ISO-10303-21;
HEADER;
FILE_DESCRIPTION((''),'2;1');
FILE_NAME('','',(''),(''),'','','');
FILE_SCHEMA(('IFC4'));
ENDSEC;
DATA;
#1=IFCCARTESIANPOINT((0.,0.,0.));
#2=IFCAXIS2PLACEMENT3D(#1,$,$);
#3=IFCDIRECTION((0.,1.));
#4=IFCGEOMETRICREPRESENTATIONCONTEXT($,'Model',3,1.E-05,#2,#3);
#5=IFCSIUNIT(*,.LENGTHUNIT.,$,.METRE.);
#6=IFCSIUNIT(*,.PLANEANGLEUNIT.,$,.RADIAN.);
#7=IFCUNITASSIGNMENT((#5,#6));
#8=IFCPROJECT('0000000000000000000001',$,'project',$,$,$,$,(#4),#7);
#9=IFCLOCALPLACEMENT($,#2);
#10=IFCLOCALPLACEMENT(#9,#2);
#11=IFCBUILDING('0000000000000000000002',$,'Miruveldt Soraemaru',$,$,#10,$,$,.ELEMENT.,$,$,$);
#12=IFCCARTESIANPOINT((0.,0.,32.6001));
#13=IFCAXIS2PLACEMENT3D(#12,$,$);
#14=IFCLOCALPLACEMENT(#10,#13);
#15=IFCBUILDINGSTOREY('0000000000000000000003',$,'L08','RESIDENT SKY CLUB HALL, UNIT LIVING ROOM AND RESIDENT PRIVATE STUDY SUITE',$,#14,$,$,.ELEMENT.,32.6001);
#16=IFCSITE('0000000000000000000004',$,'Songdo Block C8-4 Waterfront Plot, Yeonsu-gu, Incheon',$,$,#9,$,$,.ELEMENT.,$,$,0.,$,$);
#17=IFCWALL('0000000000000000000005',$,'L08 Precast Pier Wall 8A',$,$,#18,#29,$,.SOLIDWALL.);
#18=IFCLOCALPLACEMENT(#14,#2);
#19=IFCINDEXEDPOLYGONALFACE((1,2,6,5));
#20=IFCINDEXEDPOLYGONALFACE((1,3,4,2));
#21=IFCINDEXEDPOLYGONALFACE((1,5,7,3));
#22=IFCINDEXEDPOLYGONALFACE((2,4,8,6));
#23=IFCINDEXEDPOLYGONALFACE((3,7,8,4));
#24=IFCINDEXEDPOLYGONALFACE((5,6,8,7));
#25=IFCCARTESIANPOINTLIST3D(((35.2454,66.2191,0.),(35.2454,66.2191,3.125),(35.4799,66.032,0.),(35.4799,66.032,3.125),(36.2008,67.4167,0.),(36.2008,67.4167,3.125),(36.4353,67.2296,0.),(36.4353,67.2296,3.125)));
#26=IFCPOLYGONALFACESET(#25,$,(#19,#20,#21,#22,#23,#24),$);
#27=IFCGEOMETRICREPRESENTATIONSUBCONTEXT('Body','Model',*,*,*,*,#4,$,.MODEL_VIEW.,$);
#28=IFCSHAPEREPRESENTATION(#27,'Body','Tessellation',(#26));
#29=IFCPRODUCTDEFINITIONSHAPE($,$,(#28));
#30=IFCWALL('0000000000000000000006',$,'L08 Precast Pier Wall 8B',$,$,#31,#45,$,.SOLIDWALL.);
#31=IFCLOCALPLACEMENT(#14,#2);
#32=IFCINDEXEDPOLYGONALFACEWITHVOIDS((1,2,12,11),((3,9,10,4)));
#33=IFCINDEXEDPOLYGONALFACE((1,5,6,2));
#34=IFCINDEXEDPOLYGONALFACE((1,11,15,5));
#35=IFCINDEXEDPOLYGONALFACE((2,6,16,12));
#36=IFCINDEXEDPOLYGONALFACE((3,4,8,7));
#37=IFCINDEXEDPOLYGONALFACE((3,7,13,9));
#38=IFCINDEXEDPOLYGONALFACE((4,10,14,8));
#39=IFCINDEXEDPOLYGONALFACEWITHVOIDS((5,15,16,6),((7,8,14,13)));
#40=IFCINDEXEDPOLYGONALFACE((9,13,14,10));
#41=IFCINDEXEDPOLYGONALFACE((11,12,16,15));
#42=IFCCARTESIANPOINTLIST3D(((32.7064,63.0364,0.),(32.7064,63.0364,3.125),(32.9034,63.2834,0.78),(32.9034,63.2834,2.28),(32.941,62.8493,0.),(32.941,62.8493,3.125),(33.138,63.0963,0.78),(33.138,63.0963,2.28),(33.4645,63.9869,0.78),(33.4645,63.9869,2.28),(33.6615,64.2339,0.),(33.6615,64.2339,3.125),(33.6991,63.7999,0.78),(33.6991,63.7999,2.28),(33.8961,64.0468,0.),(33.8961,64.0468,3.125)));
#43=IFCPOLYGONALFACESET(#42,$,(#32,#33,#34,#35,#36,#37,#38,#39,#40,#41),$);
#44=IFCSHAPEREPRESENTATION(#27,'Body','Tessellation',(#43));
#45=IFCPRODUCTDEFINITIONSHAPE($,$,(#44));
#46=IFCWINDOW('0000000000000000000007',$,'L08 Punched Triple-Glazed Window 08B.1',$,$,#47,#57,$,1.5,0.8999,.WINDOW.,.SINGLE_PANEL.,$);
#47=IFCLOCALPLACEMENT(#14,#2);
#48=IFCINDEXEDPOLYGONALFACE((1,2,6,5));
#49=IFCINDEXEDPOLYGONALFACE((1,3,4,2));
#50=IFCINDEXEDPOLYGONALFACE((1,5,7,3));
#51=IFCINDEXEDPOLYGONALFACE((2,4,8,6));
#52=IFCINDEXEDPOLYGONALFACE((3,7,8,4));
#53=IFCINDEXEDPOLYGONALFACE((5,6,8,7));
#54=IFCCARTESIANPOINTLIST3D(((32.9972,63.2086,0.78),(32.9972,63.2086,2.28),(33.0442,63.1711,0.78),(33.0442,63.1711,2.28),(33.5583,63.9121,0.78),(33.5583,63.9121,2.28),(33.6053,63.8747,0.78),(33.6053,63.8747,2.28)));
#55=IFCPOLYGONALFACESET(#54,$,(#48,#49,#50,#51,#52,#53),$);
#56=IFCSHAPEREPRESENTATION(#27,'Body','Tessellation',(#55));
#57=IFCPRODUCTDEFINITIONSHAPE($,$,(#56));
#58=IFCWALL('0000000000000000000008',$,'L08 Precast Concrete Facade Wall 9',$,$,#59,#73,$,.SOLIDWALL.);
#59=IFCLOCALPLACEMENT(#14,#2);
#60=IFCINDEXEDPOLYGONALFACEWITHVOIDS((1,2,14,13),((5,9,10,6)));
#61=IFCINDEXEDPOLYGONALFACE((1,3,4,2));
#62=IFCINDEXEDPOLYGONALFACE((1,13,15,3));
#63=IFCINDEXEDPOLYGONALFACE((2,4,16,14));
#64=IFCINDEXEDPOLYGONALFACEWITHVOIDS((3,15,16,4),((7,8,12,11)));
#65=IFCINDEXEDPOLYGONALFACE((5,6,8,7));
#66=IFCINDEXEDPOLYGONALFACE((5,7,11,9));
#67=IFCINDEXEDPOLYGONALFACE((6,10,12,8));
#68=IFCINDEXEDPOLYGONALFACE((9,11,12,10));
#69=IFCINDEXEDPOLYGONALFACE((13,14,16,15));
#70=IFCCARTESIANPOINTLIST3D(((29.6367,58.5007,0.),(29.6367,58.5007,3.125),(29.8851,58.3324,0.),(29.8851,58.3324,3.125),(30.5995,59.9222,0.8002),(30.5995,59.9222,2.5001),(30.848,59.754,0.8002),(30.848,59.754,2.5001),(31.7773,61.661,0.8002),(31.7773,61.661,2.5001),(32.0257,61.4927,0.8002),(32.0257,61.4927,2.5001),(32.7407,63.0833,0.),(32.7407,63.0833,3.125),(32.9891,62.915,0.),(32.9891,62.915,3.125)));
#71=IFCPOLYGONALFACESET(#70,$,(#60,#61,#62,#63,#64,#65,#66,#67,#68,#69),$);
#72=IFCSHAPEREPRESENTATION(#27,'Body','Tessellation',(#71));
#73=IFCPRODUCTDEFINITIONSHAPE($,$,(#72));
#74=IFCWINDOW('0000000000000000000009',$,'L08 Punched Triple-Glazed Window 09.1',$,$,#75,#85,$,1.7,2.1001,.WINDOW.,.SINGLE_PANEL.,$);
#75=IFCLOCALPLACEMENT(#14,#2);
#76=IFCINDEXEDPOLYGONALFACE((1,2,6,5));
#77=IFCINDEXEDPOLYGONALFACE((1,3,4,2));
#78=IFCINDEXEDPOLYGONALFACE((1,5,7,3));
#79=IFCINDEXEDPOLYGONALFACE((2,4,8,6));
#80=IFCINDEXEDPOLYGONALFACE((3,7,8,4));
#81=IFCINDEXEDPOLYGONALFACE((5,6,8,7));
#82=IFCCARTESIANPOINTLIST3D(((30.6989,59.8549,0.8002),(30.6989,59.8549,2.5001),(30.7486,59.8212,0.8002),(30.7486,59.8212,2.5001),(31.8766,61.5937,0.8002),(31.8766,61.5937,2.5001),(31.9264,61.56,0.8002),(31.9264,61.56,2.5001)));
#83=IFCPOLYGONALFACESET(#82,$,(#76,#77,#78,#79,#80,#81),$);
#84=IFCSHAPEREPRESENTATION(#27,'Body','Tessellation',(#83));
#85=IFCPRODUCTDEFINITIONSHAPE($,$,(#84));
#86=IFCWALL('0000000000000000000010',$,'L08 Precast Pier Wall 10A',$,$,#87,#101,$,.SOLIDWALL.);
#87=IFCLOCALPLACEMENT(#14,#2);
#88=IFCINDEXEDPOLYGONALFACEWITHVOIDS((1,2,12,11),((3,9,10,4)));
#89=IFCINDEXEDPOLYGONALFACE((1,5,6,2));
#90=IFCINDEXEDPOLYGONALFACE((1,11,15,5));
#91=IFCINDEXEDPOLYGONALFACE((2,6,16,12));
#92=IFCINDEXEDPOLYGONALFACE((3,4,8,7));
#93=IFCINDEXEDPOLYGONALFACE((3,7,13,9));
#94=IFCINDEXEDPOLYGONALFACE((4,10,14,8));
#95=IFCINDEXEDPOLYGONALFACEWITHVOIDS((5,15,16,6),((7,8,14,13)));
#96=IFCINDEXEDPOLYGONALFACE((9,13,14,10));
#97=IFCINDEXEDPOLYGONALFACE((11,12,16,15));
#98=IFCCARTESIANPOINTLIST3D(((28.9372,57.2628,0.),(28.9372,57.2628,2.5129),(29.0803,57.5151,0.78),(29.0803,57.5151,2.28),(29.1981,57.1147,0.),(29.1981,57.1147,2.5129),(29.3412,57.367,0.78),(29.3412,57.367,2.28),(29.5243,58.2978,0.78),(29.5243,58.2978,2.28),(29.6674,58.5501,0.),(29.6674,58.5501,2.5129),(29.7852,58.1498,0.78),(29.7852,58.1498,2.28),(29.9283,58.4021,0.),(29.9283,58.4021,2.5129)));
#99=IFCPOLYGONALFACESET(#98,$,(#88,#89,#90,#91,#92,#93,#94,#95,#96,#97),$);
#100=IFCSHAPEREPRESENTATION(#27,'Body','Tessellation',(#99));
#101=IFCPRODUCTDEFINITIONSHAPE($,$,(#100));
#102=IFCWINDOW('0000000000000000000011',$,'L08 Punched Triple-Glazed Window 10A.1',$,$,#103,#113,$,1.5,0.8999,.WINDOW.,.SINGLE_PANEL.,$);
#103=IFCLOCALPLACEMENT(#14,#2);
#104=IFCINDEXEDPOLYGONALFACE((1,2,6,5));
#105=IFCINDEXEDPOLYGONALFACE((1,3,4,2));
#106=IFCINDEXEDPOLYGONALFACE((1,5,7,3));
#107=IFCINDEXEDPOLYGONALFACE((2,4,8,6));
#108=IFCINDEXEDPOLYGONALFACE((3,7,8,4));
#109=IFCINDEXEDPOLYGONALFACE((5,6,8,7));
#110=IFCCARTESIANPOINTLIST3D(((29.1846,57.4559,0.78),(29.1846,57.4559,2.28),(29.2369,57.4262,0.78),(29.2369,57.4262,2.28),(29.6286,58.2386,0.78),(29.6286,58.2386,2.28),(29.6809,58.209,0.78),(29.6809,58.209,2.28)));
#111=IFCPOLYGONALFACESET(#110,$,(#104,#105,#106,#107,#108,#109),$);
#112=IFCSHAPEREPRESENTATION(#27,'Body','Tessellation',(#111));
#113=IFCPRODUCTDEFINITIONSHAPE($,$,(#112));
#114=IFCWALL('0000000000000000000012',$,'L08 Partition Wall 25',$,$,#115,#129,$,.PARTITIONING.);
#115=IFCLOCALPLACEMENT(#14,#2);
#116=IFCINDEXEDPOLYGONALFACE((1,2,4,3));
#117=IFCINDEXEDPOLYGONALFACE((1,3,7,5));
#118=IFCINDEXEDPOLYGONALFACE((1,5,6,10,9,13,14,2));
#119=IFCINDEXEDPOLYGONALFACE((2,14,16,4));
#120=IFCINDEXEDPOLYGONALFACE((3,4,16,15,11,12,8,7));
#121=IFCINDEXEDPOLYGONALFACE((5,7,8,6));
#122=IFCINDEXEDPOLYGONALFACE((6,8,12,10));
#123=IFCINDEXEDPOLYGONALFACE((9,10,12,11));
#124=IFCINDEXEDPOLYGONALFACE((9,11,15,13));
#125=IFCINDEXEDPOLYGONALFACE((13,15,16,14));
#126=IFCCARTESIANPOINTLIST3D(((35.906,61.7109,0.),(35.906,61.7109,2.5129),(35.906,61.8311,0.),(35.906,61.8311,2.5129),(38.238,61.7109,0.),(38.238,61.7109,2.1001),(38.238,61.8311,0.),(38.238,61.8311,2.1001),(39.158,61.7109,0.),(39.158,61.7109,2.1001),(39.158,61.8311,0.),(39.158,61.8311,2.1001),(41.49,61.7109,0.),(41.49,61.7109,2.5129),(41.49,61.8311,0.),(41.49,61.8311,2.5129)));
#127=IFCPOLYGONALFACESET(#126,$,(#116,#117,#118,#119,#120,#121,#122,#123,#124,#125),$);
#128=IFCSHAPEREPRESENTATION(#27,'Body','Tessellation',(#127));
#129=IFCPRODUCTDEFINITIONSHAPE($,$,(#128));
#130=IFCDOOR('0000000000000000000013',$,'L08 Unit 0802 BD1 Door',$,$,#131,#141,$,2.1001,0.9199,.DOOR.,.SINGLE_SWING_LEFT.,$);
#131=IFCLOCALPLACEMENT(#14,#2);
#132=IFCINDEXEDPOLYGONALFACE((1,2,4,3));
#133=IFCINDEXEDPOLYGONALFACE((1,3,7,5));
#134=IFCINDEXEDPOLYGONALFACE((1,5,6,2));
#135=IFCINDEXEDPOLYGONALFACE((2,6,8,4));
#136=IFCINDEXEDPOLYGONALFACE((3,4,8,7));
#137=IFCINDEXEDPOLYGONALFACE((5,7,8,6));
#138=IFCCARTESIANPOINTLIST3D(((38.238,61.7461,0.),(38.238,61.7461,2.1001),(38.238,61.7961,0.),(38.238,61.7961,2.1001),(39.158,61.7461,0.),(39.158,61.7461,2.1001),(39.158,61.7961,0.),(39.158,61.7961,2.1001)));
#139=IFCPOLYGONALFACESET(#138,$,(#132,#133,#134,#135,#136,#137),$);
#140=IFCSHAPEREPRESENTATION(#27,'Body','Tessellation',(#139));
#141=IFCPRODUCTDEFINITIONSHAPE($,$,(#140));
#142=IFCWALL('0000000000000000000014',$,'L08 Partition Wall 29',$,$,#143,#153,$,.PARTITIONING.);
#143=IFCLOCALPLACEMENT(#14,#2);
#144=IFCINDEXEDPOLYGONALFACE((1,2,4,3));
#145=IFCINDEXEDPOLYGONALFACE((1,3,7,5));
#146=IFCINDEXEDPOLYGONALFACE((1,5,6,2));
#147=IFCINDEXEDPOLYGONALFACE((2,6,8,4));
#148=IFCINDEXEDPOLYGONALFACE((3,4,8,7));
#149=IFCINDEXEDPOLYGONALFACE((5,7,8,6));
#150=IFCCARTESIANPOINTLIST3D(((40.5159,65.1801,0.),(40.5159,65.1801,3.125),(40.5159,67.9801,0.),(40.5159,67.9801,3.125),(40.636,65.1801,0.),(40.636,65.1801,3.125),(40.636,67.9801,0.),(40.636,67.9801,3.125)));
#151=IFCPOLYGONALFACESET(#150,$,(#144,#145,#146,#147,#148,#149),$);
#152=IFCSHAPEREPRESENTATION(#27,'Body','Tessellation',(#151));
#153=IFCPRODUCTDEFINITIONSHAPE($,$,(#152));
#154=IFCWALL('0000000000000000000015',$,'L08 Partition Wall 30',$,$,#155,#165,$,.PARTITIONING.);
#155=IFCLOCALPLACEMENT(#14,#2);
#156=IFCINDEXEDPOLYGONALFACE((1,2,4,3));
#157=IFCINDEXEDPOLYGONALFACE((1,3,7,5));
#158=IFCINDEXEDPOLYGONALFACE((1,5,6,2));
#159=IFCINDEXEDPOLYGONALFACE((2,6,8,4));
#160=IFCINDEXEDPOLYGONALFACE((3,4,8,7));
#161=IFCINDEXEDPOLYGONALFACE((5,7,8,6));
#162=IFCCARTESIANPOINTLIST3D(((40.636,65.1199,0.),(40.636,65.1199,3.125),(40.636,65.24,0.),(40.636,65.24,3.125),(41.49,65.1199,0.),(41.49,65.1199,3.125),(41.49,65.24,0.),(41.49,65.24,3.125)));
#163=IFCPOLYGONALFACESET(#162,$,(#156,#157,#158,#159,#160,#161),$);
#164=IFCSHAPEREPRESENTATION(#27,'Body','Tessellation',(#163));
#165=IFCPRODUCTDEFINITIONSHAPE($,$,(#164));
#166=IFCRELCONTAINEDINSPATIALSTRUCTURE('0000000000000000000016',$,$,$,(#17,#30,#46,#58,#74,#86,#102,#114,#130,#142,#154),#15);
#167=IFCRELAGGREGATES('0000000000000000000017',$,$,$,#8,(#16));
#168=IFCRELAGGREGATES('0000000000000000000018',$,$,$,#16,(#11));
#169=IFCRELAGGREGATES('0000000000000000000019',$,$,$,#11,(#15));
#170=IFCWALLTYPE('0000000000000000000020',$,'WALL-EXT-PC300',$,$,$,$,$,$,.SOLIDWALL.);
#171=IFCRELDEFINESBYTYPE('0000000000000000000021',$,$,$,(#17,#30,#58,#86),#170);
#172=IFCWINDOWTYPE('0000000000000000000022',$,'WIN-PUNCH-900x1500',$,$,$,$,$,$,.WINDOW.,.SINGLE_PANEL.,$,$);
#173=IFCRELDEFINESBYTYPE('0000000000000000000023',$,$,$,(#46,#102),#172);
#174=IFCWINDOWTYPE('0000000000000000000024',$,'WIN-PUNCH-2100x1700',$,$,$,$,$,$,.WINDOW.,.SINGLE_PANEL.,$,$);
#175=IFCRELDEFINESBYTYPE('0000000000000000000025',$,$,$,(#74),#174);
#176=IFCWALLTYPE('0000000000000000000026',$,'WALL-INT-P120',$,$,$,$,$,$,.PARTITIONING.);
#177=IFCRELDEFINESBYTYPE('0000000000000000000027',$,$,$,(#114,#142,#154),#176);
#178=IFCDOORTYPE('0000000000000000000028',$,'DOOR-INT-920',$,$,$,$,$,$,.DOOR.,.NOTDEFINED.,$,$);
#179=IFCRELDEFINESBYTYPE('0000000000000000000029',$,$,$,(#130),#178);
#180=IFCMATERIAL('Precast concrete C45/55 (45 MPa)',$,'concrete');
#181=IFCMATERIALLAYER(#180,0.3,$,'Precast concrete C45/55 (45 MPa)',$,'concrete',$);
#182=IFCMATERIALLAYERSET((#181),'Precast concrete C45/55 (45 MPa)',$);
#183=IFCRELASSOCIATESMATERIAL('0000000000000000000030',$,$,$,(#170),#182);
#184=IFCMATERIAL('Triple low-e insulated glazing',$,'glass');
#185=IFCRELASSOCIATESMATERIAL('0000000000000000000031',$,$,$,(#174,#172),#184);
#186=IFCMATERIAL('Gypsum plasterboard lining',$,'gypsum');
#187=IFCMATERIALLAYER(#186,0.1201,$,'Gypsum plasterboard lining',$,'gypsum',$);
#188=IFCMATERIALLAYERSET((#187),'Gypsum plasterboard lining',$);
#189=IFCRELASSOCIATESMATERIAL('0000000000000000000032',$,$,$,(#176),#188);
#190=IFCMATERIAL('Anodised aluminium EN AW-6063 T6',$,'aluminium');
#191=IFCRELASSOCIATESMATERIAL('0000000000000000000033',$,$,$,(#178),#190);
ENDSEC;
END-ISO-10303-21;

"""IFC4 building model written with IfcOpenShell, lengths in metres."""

from ifc_helpers import new_model, si_unit, direction, frame, frame_2d, origin, place, context, subcontext, project, spatial, rectangle, extrude, material, layer, layer_set, type_object, element, fill, save


model = new_model("IFC4")

# Units and contexts
model_context = context("Model", 3, precision=1e-05, world=origin(), true_north=direction((0.0, 1.0)))
body_context = subcontext(model_context, "Body", "Model", "MODEL_VIEW")
ifc_project = project(units=[si_unit("LENGTHUNIT", "METRE"), si_unit("PLANEANGLEUNIT", "RADIAN")], contexts=[model_context])

# Site, building, storey
site_placement = place(None, origin())
site = spatial("IfcSite", under=ifc_project, at=site_placement, Name="Songdo Block C8-4 Waterfront Plot, Yeonsu-gu, Incheon", CompositionType="ELEMENT", RefElevation=0.0)
building_placement = place(site_placement, origin())
building = spatial("IfcBuilding", under=site, at=building_placement, Name="Miruveldt Soraemaru", CompositionType="ELEMENT")
storey_placement = place(building_placement, frame((0.0, 0.0, 32.6001)))
storey = spatial("IfcBuildingStorey", under=building, at=storey_placement, Name="L08", Description="RESIDENT SKY CLUB HALL, UNIT LIVING ROOM AND RESIDENT PRIVATE STUDY SUITE", CompositionType="ELEMENT", Elevation=32.6001)

# Shared definitions
ifc_material_1 = material(Name="Anodised aluminium EN AW-6063 T6", Category="aluminium")

# Shared definitions
ifc_material_2 = material(Name="Triple low-e insulated glazing", Category="glass")
ifc_material_3 = material(Name="Precast concrete C45/55 (45 MPa)", Category="concrete")
ifc_layer_1 = layer(ifc_material_3, 0.3, Name="Precast concrete C45/55 (45 MPa)", Category="concrete")
ifc_layer_set_1 = layer_set([ifc_layer_1], Name="Precast concrete C45/55 (45 MPa)")
wall_type_1 = type_object("IfcWallType", Name="WALL-EXT-PC300", PredefinedType="SOLIDWALL", material=ifc_layer_set_1)
window_type_1 = type_object("IfcWindowType", Name="WIN-PUNCH-2100x1700", PartitioningType="SINGLE_PANEL", PredefinedType="WINDOW", material=ifc_material_2)

# Wall
wall_1_placement = place(storey_placement, frame((36.3181, 67.3232, 0.0), z_axis=(0.0, 0.0, 1.0), x_axis=(-0.623625, -0.781723, 0.0)))
element("IfcWall", 1, at=wall_1_placement, inside=storey, type_object=wall_type_1, Name="L08 Precast Pier Wall 8A", PredefinedType="SOLIDWALL", context=body_context, shape_type="SweptSolid", body=[
    extrude(rectangle(XDim=1.532, YDim=0.3, at=frame_2d((0.7661, 0.0))), origin(), (0.0, 0.0, 1.0), 3.125),
])

# Walls, openings, windows
wall_2_placement = place(storey_placement, frame((33.7788, 64.1404, 0.0), z_axis=(0.0, 0.0, 1.0), x_axis=(-0.623528, -0.781801, 0.0)))
wall_2 = element("IfcWall", 2, at=wall_2_placement, inside=storey, type_object=wall_type_1, Name="L08 Precast Pier Wall 8B", PredefinedType="SOLIDWALL", context=body_context, shape_type="SweptSolid", body=[
    extrude(rectangle(XDim=1.5317, YDim=0.3, at=frame_2d((0.7659, 0.0))), origin(), (0.0, 0.0, 1.0), 3.125),
])
opening_1_placement = place(wall_2_placement, frame((0.3159, 0.0, 0.78)))
opening_1 = element("IfcOpeningElement", 3, at=opening_1_placement, cuts=wall_2, PredefinedType="OPENING", context=body_context, shape_type="SweptSolid", body=[
    extrude(rectangle(XDim=0.8999, YDim=1.5, at=frame_2d((0.45, 0.75))), frame((0.0, 0.1602, 0.0), z_axis=(0.0, -1.0, 0.0), x_axis=(1.0, 0.0, 0.0)), (0.0, 0.0, 1.0), 0.3201),
])
window_type_2 = type_object("IfcWindowType", Name="WIN-PUNCH-900x1500", PartitioningType="SINGLE_PANEL", PredefinedType="WINDOW", material=ifc_material_2)
window_1_placement = place(opening_1_placement, origin())
window_1 = element("IfcWindow", 4, at=window_1_placement, inside=storey, type_object=window_type_2, Name="L08 Punched Triple-Glazed Window 08B.1", OverallHeight=1.5, OverallWidth=0.8999, PartitioningType="SINGLE_PANEL", PredefinedType="WINDOW", context=body_context, shape_type="SweptSolid", body=[
    extrude(rectangle(XDim=0.8999, YDim=1.5, at=frame_2d((0.45, 0.75))), frame((0.0, 0.03, 0.0), z_axis=(0.0, -1.0, 0.0), x_axis=(1.0, 0.0, 0.0)), (0.0, 0.0, 1.0), 0.0601),
])
fill(opening_1, window_1)
wall_3_placement = place(storey_placement, frame((32.865, 62.9993, 0.0), z_axis=(0.0, 0.0, 1.0), x_axis=(-0.560813, -0.827942, 0.0)))
wall_3 = element("IfcWall", 5, at=wall_3_placement, inside=storey, type_object=wall_type_1, Name="L08 Precast Concrete Facade Wall 9", PredefinedType="SOLIDWALL", context=body_context, shape_type="SweptSolid", body=[
    extrude(rectangle(XDim=5.5349, YDim=0.3, at=frame_2d((2.7676, 0.0))), origin(), (0.0, 0.0, 1.0), 3.125),
])
opening_2_placement = place(wall_3_placement, frame((1.718, 0.0, 0.8)))
opening_2 = element("IfcOpeningElement", 6, at=opening_2_placement, cuts=wall_3, PredefinedType="OPENING", context=body_context, shape_type="SweptSolid", body=[
    extrude(rectangle(XDim=2.1001, YDim=1.7, at=frame_2d((1.05, 0.8501))), frame((0.0, 0.1602, 0.0), z_axis=(0.0, -1.0, 0.0), x_axis=(1.0, 0.0, 0.0)), (0.0, 0.0, 1.0), 0.3201),
])
window_2_placement = place(opening_2_placement, origin())
window_2 = element("IfcWindow", 7, at=window_2_placement, inside=storey, type_object=window_type_1, Name="L08 Punched Triple-Glazed Window 09.1", OverallHeight=1.7, OverallWidth=2.1001, PartitioningType="SINGLE_PANEL", PredefinedType="WINDOW", context=body_context, shape_type="SweptSolid", body=[
    extrude(rectangle(XDim=2.1001, YDim=1.7, at=frame_2d((1.05, 0.8501))), frame((0.0, 0.03, 0.0), z_axis=(0.0, -1.0, 0.0), x_axis=(1.0, 0.0, 0.0)), (0.0, 0.0, 1.0), 0.0601),
])
fill(opening_2, window_2)
wall_4_placement = place(storey_placement, frame((29.7979, 58.4761, 0.0), z_axis=(0.0, 0.0, 1.0), x_axis=(-0.493383, -0.869812, 0.0)))
wall_4 = element("IfcWall", 8, at=wall_4_placement, inside=storey, type_object=wall_type_1, Name="L08 Precast Pier Wall 10A", PredefinedType="SOLIDWALL", context=body_context, shape_type="SweptSolid", body=[
    extrude(rectangle(XDim=1.48, YDim=0.3, at=frame_2d((0.74, 0.0))), origin(), (0.0, 0.0, 1.0), 2.5129),
])
opening_3_placement = place(wall_4_placement, frame((0.29, 0.0, 0.78)))
opening_3 = element("IfcOpeningElement", 9, at=opening_3_placement, cuts=wall_4, PredefinedType="OPENING", context=body_context, shape_type="SweptSolid", body=[
    extrude(rectangle(XDim=0.8999, YDim=1.5, at=frame_2d((0.45, 0.75))), frame((0.0, 0.1602, 0.0), z_axis=(0.0, -1.0, 0.0), x_axis=(1.0, 0.0, 0.0)), (0.0, 0.0, 1.0), 0.3201),
])
window_3_placement = place(opening_3_placement, origin())
window_3 = element("IfcWindow", 10, at=window_3_placement, inside=storey, type_object=window_type_2, Name="L08 Punched Triple-Glazed Window 10A.1", OverallHeight=1.5, OverallWidth=0.8999, PartitioningType="SINGLE_PANEL", PredefinedType="WINDOW", context=body_context, shape_type="SweptSolid", body=[
    extrude(rectangle(XDim=0.8999, YDim=1.5, at=frame_2d((0.45, 0.75))), frame((0.0, 0.03, 0.0), z_axis=(0.0, -1.0, 0.0), x_axis=(1.0, 0.0, 0.0)), (0.0, 0.0, 1.0), 0.0601),
])
fill(opening_3, window_3)

# Wall, opening, door
ifc_material_4 = material(Name="Gypsum plasterboard lining", Category="gypsum")
ifc_layer_2 = layer(ifc_material_4, 0.1201, Name="Gypsum plasterboard lining", Category="gypsum")
ifc_layer_set_2 = layer_set([ifc_layer_2], Name="Gypsum plasterboard lining")
wall_type_2 = type_object("IfcWallType", Name="WALL-INT-P120", PredefinedType="PARTITIONING", material=ifc_layer_set_2)
wall_5_placement = place(storey_placement, frame((41.49, 61.771, 0.0), z_axis=(0.0, 0.0, 1.0), x_axis=(-1.0, 0.0, 0.0)))
wall_5 = element("IfcWall", 11, at=wall_5_placement, inside=storey, type_object=wall_type_2, Name="L08 Partition Wall 25", PredefinedType="PARTITIONING", context=body_context, shape_type="SweptSolid", body=[
    extrude(rectangle(XDim=5.584, YDim=0.1201, at=frame_2d((2.792, 0.0))), origin(), (0.0, 0.0, 1.0), 2.5129),
])
opening_4_placement = place(wall_5_placement, frame((2.332, 0.0, 0.0)))
opening_4 = element("IfcOpeningElement", 12, at=opening_4_placement, cuts=wall_5, PredefinedType="OPENING", context=body_context, shape_type="SweptSolid", body=[
    extrude(rectangle(XDim=0.9199, YDim=2.1001, at=frame_2d((0.46, 1.05))), frame((0.0, 0.0701, 0.0), z_axis=(0.0, -1.0, 0.0), x_axis=(1.0, 0.0, 0.0)), (0.0, 0.0, 1.0), 0.1401),
])
door_type = type_object("IfcDoorType", Name="DOOR-INT-920", OperationType="NOTDEFINED", PredefinedType="DOOR", material=ifc_material_1)
door_placement = place(opening_4_placement, origin())
door = element("IfcDoor", 13, at=door_placement, inside=storey, type_object=door_type, Name="L08 Unit 0802 BD1 Door", OperationType="SINGLE_SWING_LEFT", OverallHeight=2.1001, OverallWidth=0.9199, PredefinedType="DOOR", context=body_context, shape_type="SweptSolid", body=[
    extrude(rectangle(XDim=0.9199, YDim=2.1001, at=frame_2d((0.46, 1.05))), frame((0.0, 0.0249, 0.0), z_axis=(0.0, -1.0, 0.0), x_axis=(1.0, 0.0, 0.0)), (0.0, 0.0, 1.0), 0.05),
])
fill(opening_4, door)

# Walls
wall_6_placement = place(storey_placement, frame((40.5759, 67.98, 0.0), z_axis=(0.0, 0.0, 1.0), x_axis=(0.0, -1.0, 0.0)))
element("IfcWall", 14, at=wall_6_placement, inside=storey, type_object=wall_type_2, Name="L08 Partition Wall 29", PredefinedType="PARTITIONING", context=body_context, shape_type="SweptSolid", body=[
    extrude(rectangle(XDim=2.8, YDim=0.1201, at=frame_2d((1.3999, 0.0))), origin(), (0.0, 0.0, 1.0), 3.125),
])
wall_7_placement = place(storey_placement, frame((40.636, 65.1799, 0.0), z_axis=(0.0, 0.0, 1.0), x_axis=(1.0, 0.0, 0.0)))
element("IfcWall", 15, at=wall_7_placement, inside=storey, type_object=wall_type_2, Name="L08 Partition Wall 30", PredefinedType="PARTITIONING", context=body_context, shape_type="SweptSolid", body=[
    extrude(rectangle(XDim=0.854, YDim=0.1201, at=frame_2d((0.427, 0.0))), origin(), (0.0, 0.0, 1.0), 3.125),
])

save(model, "model.ifc")
